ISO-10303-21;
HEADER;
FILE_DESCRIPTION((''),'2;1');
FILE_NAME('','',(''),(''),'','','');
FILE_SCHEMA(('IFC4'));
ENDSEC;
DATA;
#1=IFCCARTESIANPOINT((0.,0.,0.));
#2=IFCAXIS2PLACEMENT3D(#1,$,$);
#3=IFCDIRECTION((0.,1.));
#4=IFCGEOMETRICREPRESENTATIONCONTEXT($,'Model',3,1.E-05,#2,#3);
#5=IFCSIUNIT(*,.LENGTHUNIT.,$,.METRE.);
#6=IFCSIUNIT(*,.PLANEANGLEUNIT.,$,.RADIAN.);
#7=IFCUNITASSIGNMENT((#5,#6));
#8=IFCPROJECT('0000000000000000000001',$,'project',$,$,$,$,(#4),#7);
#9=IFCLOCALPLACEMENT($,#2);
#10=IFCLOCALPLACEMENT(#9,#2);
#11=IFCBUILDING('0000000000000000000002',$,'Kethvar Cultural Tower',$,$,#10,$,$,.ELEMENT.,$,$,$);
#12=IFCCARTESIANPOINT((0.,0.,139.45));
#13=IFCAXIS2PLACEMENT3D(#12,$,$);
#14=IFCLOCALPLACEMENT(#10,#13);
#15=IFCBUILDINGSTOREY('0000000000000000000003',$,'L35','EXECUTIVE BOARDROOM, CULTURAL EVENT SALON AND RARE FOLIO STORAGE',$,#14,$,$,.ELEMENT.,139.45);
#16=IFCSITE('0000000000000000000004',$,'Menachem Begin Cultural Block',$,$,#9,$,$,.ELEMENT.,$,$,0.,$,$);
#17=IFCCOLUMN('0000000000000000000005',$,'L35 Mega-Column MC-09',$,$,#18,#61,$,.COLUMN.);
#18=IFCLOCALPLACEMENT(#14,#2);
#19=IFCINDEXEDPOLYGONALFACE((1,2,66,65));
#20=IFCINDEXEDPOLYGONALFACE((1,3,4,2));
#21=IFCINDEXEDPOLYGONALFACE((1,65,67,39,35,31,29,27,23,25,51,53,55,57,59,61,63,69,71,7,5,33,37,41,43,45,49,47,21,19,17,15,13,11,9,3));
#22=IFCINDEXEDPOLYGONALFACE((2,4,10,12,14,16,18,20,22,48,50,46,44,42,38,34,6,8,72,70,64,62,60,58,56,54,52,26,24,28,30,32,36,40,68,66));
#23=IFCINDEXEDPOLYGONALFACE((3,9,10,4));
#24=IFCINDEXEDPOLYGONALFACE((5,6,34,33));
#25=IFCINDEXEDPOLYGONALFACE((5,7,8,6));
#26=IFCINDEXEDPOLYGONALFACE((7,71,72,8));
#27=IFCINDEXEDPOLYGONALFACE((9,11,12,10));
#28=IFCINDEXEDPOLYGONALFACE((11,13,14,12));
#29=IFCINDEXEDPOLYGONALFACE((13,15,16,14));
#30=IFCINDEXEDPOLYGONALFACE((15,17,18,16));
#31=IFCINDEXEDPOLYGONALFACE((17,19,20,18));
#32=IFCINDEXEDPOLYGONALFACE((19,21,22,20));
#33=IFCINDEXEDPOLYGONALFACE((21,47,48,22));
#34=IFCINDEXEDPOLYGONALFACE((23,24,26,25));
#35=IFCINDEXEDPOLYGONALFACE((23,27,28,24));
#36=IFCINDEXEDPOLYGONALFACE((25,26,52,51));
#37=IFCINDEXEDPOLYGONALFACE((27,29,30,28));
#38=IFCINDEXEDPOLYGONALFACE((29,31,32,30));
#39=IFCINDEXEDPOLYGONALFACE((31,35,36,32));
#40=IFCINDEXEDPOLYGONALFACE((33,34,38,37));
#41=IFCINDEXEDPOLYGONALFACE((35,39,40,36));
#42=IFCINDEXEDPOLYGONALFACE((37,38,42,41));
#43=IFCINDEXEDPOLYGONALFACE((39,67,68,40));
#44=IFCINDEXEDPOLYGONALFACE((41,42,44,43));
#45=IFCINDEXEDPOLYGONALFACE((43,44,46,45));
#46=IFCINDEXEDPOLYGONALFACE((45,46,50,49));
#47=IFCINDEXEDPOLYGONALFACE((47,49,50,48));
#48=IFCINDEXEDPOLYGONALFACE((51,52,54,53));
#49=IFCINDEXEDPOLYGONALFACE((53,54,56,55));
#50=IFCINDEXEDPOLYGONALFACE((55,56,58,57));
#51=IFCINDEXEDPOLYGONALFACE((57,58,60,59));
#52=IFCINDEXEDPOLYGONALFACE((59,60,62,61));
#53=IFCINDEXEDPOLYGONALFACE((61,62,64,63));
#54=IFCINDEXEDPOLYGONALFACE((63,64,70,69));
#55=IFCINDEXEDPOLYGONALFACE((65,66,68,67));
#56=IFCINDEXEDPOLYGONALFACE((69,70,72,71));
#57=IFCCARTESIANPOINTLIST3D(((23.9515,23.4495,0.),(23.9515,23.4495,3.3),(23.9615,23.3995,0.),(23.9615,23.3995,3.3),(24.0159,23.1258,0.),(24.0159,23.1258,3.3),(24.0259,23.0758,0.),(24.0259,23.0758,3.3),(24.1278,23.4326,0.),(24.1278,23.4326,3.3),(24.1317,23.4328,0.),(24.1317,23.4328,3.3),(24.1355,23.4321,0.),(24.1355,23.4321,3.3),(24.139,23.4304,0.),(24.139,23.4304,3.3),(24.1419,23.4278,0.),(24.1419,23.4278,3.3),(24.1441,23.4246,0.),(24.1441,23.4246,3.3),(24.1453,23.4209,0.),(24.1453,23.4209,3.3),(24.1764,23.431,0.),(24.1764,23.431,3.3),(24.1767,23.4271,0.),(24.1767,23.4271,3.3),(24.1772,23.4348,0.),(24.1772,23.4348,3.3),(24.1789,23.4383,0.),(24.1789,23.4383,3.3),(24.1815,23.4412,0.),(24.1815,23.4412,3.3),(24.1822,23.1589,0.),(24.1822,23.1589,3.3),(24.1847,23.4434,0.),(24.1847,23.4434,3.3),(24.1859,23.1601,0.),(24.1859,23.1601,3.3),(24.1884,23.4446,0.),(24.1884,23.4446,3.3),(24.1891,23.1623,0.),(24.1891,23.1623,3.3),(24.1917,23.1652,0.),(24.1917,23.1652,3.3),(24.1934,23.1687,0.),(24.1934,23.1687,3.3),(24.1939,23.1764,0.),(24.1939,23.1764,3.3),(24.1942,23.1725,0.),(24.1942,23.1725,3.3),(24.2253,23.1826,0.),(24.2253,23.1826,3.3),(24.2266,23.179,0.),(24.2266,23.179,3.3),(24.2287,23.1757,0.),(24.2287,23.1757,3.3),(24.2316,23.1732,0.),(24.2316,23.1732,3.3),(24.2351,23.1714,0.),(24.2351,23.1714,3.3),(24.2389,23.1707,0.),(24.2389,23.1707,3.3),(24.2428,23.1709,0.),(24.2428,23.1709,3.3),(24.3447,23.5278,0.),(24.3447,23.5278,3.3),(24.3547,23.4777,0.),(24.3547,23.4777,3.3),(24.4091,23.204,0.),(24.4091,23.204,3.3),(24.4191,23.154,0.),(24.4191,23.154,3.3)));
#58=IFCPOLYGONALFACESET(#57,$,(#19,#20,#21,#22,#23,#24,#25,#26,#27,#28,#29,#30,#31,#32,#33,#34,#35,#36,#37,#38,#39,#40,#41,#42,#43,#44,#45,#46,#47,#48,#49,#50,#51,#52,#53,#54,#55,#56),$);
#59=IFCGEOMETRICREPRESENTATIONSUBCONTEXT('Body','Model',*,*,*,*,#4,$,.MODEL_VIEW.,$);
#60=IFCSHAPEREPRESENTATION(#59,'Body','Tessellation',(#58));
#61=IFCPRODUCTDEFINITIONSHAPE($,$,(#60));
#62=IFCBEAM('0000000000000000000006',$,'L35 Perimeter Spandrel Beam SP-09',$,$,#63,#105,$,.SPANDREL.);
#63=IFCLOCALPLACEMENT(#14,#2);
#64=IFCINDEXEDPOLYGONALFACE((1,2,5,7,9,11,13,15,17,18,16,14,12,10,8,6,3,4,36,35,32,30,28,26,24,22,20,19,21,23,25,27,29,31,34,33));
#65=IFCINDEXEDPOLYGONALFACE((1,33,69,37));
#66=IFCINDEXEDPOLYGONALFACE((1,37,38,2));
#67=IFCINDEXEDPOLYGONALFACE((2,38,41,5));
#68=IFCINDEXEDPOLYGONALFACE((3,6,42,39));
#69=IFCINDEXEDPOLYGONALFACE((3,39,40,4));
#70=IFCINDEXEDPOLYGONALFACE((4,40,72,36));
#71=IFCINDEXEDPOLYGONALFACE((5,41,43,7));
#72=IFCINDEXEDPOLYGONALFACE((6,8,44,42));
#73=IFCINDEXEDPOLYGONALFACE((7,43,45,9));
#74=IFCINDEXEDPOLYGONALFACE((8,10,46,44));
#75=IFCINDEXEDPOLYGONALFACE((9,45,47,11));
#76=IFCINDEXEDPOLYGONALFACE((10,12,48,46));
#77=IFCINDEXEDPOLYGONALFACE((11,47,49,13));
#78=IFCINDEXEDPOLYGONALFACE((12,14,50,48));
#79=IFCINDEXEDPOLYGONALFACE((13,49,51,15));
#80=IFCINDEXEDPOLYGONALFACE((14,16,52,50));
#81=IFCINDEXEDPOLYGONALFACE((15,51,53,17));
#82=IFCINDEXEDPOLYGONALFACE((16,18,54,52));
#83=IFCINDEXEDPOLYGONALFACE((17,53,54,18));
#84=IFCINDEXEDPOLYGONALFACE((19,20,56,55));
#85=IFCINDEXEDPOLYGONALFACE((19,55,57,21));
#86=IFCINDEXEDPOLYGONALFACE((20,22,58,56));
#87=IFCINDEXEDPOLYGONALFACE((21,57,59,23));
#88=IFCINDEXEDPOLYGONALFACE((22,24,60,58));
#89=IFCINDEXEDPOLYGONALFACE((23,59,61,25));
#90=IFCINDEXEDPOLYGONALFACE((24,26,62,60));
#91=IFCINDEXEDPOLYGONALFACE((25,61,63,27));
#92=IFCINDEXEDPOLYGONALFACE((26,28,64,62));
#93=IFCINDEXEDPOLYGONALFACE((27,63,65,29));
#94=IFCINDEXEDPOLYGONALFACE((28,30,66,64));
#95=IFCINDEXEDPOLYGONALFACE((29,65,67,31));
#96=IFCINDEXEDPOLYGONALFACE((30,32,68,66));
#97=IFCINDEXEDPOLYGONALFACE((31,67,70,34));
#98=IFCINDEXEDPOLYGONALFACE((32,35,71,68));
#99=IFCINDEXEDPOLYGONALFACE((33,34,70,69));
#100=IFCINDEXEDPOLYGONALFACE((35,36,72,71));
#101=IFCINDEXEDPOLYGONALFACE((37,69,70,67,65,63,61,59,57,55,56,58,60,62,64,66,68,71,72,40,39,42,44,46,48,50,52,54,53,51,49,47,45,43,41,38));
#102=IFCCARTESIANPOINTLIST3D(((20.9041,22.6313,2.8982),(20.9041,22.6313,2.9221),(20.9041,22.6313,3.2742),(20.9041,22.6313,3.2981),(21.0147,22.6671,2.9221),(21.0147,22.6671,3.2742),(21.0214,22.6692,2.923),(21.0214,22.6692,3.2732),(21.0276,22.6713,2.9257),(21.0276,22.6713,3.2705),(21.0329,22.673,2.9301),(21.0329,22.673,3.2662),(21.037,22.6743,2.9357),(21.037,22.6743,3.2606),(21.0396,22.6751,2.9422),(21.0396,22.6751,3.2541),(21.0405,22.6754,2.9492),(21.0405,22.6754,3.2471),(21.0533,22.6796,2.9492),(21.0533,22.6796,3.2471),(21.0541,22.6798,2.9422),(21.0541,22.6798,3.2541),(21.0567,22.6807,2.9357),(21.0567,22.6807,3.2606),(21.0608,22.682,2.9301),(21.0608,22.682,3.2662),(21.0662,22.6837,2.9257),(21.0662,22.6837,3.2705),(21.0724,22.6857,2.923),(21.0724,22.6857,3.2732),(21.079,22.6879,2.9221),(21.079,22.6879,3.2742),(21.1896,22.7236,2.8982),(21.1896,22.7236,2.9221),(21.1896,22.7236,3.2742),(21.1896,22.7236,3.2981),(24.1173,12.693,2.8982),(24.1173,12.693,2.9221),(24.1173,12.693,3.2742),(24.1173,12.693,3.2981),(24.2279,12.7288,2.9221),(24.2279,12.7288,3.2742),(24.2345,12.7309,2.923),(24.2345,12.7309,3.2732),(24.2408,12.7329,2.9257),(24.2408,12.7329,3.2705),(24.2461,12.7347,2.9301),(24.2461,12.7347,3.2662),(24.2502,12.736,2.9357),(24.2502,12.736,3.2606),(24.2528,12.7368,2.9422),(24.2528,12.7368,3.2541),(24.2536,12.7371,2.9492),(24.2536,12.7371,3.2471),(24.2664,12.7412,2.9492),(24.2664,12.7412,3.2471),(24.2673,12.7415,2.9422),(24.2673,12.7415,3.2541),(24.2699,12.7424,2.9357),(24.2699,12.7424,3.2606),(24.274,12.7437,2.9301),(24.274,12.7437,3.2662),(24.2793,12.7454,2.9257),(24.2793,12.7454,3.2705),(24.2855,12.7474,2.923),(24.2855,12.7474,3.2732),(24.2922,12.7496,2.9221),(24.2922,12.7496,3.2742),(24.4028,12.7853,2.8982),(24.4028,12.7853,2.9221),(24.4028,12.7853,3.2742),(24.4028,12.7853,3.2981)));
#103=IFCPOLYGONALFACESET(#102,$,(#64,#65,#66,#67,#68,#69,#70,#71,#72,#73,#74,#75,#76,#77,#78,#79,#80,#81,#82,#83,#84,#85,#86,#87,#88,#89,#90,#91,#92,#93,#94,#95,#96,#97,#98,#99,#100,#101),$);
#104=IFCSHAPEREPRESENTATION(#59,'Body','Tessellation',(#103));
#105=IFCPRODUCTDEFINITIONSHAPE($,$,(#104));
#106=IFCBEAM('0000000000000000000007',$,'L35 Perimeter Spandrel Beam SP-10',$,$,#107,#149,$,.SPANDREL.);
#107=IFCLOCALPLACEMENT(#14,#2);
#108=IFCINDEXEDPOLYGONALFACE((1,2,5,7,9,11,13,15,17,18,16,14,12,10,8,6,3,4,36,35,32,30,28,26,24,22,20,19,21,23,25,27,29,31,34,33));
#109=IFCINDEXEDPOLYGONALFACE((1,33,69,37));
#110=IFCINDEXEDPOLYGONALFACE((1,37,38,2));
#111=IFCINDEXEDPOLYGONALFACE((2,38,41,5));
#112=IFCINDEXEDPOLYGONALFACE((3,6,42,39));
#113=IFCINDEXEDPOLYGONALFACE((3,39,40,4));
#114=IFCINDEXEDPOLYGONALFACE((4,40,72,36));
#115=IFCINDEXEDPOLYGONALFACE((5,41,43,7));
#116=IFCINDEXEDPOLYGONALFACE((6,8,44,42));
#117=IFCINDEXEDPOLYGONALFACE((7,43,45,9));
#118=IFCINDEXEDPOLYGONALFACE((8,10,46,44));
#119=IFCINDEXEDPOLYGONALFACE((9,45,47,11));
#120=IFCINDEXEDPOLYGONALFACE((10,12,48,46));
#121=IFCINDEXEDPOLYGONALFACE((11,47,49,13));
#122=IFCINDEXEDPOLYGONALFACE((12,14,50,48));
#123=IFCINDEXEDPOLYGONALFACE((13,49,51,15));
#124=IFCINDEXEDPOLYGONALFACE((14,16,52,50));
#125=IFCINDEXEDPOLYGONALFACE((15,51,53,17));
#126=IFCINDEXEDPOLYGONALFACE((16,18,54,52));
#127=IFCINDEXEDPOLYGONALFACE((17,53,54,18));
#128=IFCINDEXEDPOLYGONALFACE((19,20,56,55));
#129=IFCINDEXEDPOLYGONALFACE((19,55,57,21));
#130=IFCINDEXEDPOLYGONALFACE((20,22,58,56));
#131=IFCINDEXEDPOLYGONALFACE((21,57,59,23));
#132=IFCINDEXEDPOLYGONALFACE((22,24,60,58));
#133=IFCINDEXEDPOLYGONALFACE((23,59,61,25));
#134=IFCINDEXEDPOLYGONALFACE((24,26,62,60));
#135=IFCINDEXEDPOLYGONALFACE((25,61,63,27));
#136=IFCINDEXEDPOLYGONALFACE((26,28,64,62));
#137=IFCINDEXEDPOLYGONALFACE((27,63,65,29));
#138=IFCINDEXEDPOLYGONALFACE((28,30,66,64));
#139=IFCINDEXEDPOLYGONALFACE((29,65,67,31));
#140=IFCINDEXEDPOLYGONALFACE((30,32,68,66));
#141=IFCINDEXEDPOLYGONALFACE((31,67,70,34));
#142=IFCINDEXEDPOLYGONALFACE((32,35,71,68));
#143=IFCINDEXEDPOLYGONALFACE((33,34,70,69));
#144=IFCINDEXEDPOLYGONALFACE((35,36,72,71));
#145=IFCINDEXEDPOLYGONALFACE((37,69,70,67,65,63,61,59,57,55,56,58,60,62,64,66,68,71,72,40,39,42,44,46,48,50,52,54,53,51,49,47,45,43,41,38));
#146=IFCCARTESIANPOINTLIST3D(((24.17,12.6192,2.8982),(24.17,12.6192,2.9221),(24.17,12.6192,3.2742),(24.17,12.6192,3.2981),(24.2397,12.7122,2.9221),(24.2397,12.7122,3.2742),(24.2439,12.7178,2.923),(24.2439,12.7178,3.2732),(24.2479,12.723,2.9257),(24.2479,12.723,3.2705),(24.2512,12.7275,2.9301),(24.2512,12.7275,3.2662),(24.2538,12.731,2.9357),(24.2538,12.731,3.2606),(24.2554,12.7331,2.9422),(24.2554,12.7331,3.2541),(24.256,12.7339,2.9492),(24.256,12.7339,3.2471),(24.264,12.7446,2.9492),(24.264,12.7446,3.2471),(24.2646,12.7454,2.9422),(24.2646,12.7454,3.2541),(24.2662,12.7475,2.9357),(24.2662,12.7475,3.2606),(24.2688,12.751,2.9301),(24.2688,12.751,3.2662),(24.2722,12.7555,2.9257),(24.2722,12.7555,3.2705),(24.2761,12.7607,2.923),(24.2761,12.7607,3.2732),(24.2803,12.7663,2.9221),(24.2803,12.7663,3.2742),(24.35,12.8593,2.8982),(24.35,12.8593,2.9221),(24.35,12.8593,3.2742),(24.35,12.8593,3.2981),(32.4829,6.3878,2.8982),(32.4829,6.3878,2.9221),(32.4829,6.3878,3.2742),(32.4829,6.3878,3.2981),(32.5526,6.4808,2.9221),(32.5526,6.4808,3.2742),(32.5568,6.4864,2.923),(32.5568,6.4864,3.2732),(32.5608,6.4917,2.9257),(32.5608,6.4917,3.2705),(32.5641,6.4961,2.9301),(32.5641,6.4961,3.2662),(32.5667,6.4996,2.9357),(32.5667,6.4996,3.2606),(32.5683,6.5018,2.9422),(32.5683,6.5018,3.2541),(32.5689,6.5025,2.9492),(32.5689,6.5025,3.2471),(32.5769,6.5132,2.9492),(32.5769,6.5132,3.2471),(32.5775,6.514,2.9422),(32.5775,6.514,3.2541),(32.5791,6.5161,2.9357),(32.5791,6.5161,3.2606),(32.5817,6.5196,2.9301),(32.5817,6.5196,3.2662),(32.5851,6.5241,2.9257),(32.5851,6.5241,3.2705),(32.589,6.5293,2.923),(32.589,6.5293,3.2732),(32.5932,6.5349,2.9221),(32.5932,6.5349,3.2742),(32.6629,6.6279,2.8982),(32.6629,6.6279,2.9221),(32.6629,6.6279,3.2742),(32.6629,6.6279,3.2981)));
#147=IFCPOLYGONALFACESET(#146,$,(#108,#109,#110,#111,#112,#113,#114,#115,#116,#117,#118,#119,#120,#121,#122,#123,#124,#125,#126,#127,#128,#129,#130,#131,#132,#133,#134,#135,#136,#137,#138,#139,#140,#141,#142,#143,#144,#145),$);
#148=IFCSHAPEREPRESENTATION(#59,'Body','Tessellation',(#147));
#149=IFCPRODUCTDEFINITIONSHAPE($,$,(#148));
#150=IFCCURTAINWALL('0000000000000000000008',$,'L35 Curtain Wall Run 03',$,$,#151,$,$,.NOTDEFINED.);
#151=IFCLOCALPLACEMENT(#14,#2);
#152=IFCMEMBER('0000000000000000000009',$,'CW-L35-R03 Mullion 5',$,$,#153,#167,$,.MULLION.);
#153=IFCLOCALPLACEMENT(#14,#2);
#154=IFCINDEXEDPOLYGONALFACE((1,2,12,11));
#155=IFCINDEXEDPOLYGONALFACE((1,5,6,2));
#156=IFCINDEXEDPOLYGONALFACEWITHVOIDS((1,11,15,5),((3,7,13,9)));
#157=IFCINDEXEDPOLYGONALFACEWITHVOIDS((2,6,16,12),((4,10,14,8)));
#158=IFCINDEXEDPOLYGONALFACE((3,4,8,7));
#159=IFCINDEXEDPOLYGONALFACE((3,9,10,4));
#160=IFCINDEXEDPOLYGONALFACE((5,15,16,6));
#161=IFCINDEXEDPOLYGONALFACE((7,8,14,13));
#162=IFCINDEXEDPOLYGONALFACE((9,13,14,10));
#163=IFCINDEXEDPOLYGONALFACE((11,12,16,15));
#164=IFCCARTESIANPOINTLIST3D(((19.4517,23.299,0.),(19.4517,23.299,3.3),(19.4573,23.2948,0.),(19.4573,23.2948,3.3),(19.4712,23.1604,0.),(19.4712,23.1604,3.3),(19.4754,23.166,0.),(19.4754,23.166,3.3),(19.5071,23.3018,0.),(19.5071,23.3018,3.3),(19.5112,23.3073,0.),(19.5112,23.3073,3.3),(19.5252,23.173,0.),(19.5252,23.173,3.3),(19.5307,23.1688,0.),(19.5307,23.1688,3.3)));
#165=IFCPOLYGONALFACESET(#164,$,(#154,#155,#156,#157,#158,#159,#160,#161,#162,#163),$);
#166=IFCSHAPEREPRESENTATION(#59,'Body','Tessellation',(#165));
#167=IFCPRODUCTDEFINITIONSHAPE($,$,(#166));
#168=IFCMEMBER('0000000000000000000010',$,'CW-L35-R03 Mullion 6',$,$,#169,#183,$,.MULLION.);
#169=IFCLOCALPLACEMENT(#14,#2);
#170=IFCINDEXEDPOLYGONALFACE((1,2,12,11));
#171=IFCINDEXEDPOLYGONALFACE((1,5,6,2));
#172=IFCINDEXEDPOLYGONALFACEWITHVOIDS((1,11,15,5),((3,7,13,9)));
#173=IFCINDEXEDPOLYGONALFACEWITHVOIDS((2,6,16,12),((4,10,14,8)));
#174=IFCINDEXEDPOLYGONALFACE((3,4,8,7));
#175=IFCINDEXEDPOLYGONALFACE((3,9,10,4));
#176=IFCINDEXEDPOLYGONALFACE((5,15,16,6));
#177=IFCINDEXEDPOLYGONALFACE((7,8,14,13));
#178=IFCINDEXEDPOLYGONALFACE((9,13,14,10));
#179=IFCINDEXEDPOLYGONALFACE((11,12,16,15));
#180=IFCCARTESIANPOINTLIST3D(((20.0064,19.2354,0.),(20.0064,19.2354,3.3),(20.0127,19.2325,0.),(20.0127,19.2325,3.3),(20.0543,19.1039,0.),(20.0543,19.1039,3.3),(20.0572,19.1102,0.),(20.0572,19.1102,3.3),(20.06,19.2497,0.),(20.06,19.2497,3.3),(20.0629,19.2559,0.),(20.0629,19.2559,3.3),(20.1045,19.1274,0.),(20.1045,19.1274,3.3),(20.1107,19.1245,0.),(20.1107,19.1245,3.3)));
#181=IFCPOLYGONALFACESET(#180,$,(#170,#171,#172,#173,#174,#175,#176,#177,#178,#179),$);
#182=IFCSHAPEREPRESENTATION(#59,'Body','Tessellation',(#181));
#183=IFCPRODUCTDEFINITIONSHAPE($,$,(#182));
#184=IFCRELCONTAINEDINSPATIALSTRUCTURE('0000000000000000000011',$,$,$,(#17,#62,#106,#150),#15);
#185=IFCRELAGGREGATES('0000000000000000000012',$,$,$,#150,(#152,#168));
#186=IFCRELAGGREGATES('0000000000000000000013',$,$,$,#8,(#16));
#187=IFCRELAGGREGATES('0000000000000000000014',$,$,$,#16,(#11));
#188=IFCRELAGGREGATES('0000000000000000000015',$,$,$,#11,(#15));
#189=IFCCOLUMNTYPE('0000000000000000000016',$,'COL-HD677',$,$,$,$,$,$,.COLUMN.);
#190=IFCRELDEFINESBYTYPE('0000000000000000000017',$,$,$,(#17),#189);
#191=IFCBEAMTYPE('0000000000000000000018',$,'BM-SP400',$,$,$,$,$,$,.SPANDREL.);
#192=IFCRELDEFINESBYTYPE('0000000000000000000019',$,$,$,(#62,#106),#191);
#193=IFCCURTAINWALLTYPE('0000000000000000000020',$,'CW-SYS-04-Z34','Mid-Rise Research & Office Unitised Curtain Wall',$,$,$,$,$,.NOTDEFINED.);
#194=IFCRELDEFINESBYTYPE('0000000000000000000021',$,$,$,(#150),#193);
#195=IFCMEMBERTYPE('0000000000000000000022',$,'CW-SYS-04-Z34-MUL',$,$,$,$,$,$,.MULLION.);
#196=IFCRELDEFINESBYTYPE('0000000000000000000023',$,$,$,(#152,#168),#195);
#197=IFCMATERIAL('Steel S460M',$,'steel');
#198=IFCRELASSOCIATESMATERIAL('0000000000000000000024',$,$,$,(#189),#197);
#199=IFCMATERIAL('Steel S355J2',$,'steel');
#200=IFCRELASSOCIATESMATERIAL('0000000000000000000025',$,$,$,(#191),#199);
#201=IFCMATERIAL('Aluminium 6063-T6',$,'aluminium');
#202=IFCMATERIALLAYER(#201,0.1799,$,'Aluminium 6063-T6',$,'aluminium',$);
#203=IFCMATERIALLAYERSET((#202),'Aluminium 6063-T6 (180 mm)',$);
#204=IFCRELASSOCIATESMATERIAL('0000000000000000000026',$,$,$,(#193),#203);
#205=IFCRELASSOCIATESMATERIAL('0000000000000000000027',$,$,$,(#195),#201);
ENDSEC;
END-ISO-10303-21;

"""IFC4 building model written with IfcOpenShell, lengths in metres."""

from ifc_helpers import new_model, si_unit, direction, frame, origin, origin_2d, place, context, subcontext, project, spatial, hollow_rectangle, i_section, extrude, source, transform, mapped, material, layer, layer_set, material_profile, profile_set, type_object, element, aggregate, save


model = new_model("IFC4")

# Units and contexts
model_context = context("Model", 3, precision=1e-05, world=origin(), true_north=direction((0.0, 1.0)))
body_context = subcontext(model_context, "Body", "Model", "MODEL_VIEW")
ifc_project = project(units=[si_unit("LENGTHUNIT", "METRE"), si_unit("PLANEANGLEUNIT", "RADIAN")], contexts=[model_context])

# Site, building, storey
site_placement = place(None, origin())
site = spatial("IfcSite", under=ifc_project, at=site_placement, Name="Menachem Begin Cultural Block", CompositionType="ELEMENT", RefElevation=0.0)
building_placement = place(site_placement, origin())
building = spatial("IfcBuilding", under=site, at=building_placement, Name="Kethvar Cultural Tower", CompositionType="ELEMENT")
storey_placement = place(building_placement, frame((0.0, 0.0, 139.45)))
storey = spatial("IfcBuildingStorey", under=building, at=storey_placement, Name="L35", Description="EXECUTIVE BOARDROOM, CULTURAL EVENT SALON AND RARE FOLIO STORAGE", CompositionType="ELEMENT", Elevation=139.45)

# Column
ifc_material_1 = material(Name="Steel S460M", Category="steel")
ifc_material_profile_1 = material_profile(ifc_material_1, i_section(OverallWidth=0.4009, OverallDepth=0.3811, WebThickness=0.032, FlangeThickness=0.051, FilletRadius=0.0149, at=origin_2d()), Name="Steel S460M — HD400x677")
ifc_profile_set_1 = profile_set([ifc_material_profile_1], Name="Steel S460M — HD400x677")
column_type = type_object("IfcColumnType", Name="COL-HD677", PredefinedType="COLUMN", material=ifc_profile_set_1)
shared_shape_1 = source(origin(), body_context, "Body", "SweptSolid", [
    extrude(i_section(OverallWidth=0.4009, OverallDepth=0.3811, WebThickness=0.032, FlangeThickness=0.051, FilletRadius=0.0149, at=origin_2d()), origin(), (0.0, 0.0, 1.0), 3.3),
])
column_placement = place(storey_placement, frame((24.1853, 23.3018, 0.0), z_axis=(0.0, 0.0, 1.0), x_axis=(-0.980785, -0.19509, 0.0)))
element("IfcColumn", 1, at=column_placement, inside=storey, type_object=column_type, Name="L35 Mega-Column MC-09", PredefinedType="COLUMN", context=body_context, shape_type="MappedRepresentation", body=[
    mapped(shared_shape_1, transform((0.0, 0.0, 0.0), scale=1.0)),
])

# Beams
ifc_material_2 = material(Name="Steel S355J2", Category="steel")
ifc_material_profile_2 = material_profile(ifc_material_2, i_section(OverallWidth=0.3, OverallDepth=0.3999, WebThickness=0.0134, FlangeThickness=0.0239, FilletRadius=0.0271, at=origin_2d()), Name="Steel S355J2 — HEB400")
ifc_profile_set_2 = profile_set([ifc_material_profile_2], Name="Steel S355J2 — HEB400")
beam_type = type_object("IfcBeamType", Name="BM-SP400", PredefinedType="SPANDREL", material=ifc_profile_set_2)
shared_shape_2 = source(origin(), body_context, "Body", "SweptSolid", [
    extrude(i_section(OverallWidth=0.3, OverallDepth=0.3999, WebThickness=0.0134, FlangeThickness=0.0239, FilletRadius=0.0271, at=origin_2d()), origin(), (0.0, 0.0, 1.0), 10.4448),
])
beam_1_placement = place(storey_placement, frame((21.0469, 22.6775, 3.0981), z_axis=(0.307632, -0.951506, 0.0), x_axis=(0.951506, 0.307632, 0.0)))
element("IfcBeam", 2, at=beam_1_placement, inside=storey, type_object=beam_type, Name="L35 Perimeter Spandrel Beam SP-09", PredefinedType="SPANDREL", context=body_context, shape_type="MappedRepresentation", body=[
    mapped(shared_shape_2, transform((0.0, 0.0, 0.0), scale=1.0)),
])
shared_shape_3 = source(origin(), body_context, "Body", "SweptSolid", [
    extrude(i_section(OverallWidth=0.3, OverallDepth=0.3999, WebThickness=0.0134, FlangeThickness=0.0239, FilletRadius=0.0271, at=origin_2d()), origin(), (0.0, 0.0, 1.0), 10.3892),
])
beam_2_placement = place(storey_placement, frame((24.26, 12.7393, 3.0981), z_axis=(0.800152, -0.599797, 0.0), x_axis=(0.599797, 0.800152, 0.0)))
element("IfcBeam", 3, at=beam_2_placement, inside=storey, type_object=beam_type, Name="L35 Perimeter Spandrel Beam SP-10", PredefinedType="SPANDREL", context=body_context, shape_type="MappedRepresentation", body=[
    mapped(shared_shape_3, transform((0.0, 0.0, 0.0), scale=1.0)),
])

# Curtain wall, members
ifc_material_3 = material(Name="Aluminium 6063-T6", Category="aluminium")
ifc_layer_1 = layer(ifc_material_3, 0.1799, Name="Aluminium 6063-T6", Category="aluminium")
ifc_layer_set_1 = layer_set([ifc_layer_1], Name="Aluminium 6063-T6 (180 mm)")
curtain_wall_type = type_object("IfcCurtainWallType", Name="CW-SYS-04-Z34", Description="Mid-Rise Research & Office Unitised Curtain Wall", PredefinedType="NOTDEFINED", material=ifc_layer_set_1)
curtain_wall_1_placement = place(storey_placement, origin())
curtain_wall_1 = element("IfcCurtainWall", 4, at=curtain_wall_1_placement, inside=storey, type_object=curtain_wall_type, Name="L35 Curtain Wall Run 03", PredefinedType="NOTDEFINED")
ifc_material_profile_3 = material_profile(ifc_material_3, hollow_rectangle(XDim=0.0601, YDim=0.1399, WallThickness=0.0049, at=origin_2d()), Name="Aluminium 6063-T6 — RHS140x60x5")
ifc_profile_set_3 = profile_set([ifc_material_profile_3], Name="Aluminium 6063-T6 — RHS140x60x5")
member_type_1 = type_object("IfcMemberType", Name="CW-SYS-04-Z34-MUL", PredefinedType="MULLION", material=ifc_profile_set_3)
shared_shape_4 = source(origin(), body_context, "Body", "SweptSolid", [
    extrude(hollow_rectangle(XDim=0.0601, YDim=0.1399, WallThickness=0.0049, at=origin_2d()), origin(), (0.0, 0.0, 1.0), 3.3),
])
member_1_placement = place(storey_placement, frame((19.4912, 23.2339, 0.0), z_axis=(0.0, 0.0, 1.0), x_axis=(0.990268, 0.139173, 0.0)))
member_1 = element("IfcMember", 5, at=member_1_placement, type_object=member_type_1, Name="CW-L35-R03 Mullion 5", PredefinedType="MULLION", context=body_context, shape_type="MappedRepresentation", body=[
    mapped(shared_shape_4, transform((0.0, 0.0, 0.0), scale=1.0)),
])
member_2_placement = place(storey_placement, frame((20.0586, 19.1799, 0.0), z_axis=(0.0, 0.0, 1.0), x_axis=(0.939645, 0.342151, 0.0)))
member_2 = element("IfcMember", 6, at=member_2_placement, type_object=member_type_1, Name="CW-L35-R03 Mullion 6", PredefinedType="MULLION", context=body_context, shape_type="MappedRepresentation", body=[
    mapped(shared_shape_4, transform((0.0, 0.0, 0.0), scale=1.0)),
])

aggregate(curtain_wall_1, [member_1, member_2])

save(model, "model.ifc")
